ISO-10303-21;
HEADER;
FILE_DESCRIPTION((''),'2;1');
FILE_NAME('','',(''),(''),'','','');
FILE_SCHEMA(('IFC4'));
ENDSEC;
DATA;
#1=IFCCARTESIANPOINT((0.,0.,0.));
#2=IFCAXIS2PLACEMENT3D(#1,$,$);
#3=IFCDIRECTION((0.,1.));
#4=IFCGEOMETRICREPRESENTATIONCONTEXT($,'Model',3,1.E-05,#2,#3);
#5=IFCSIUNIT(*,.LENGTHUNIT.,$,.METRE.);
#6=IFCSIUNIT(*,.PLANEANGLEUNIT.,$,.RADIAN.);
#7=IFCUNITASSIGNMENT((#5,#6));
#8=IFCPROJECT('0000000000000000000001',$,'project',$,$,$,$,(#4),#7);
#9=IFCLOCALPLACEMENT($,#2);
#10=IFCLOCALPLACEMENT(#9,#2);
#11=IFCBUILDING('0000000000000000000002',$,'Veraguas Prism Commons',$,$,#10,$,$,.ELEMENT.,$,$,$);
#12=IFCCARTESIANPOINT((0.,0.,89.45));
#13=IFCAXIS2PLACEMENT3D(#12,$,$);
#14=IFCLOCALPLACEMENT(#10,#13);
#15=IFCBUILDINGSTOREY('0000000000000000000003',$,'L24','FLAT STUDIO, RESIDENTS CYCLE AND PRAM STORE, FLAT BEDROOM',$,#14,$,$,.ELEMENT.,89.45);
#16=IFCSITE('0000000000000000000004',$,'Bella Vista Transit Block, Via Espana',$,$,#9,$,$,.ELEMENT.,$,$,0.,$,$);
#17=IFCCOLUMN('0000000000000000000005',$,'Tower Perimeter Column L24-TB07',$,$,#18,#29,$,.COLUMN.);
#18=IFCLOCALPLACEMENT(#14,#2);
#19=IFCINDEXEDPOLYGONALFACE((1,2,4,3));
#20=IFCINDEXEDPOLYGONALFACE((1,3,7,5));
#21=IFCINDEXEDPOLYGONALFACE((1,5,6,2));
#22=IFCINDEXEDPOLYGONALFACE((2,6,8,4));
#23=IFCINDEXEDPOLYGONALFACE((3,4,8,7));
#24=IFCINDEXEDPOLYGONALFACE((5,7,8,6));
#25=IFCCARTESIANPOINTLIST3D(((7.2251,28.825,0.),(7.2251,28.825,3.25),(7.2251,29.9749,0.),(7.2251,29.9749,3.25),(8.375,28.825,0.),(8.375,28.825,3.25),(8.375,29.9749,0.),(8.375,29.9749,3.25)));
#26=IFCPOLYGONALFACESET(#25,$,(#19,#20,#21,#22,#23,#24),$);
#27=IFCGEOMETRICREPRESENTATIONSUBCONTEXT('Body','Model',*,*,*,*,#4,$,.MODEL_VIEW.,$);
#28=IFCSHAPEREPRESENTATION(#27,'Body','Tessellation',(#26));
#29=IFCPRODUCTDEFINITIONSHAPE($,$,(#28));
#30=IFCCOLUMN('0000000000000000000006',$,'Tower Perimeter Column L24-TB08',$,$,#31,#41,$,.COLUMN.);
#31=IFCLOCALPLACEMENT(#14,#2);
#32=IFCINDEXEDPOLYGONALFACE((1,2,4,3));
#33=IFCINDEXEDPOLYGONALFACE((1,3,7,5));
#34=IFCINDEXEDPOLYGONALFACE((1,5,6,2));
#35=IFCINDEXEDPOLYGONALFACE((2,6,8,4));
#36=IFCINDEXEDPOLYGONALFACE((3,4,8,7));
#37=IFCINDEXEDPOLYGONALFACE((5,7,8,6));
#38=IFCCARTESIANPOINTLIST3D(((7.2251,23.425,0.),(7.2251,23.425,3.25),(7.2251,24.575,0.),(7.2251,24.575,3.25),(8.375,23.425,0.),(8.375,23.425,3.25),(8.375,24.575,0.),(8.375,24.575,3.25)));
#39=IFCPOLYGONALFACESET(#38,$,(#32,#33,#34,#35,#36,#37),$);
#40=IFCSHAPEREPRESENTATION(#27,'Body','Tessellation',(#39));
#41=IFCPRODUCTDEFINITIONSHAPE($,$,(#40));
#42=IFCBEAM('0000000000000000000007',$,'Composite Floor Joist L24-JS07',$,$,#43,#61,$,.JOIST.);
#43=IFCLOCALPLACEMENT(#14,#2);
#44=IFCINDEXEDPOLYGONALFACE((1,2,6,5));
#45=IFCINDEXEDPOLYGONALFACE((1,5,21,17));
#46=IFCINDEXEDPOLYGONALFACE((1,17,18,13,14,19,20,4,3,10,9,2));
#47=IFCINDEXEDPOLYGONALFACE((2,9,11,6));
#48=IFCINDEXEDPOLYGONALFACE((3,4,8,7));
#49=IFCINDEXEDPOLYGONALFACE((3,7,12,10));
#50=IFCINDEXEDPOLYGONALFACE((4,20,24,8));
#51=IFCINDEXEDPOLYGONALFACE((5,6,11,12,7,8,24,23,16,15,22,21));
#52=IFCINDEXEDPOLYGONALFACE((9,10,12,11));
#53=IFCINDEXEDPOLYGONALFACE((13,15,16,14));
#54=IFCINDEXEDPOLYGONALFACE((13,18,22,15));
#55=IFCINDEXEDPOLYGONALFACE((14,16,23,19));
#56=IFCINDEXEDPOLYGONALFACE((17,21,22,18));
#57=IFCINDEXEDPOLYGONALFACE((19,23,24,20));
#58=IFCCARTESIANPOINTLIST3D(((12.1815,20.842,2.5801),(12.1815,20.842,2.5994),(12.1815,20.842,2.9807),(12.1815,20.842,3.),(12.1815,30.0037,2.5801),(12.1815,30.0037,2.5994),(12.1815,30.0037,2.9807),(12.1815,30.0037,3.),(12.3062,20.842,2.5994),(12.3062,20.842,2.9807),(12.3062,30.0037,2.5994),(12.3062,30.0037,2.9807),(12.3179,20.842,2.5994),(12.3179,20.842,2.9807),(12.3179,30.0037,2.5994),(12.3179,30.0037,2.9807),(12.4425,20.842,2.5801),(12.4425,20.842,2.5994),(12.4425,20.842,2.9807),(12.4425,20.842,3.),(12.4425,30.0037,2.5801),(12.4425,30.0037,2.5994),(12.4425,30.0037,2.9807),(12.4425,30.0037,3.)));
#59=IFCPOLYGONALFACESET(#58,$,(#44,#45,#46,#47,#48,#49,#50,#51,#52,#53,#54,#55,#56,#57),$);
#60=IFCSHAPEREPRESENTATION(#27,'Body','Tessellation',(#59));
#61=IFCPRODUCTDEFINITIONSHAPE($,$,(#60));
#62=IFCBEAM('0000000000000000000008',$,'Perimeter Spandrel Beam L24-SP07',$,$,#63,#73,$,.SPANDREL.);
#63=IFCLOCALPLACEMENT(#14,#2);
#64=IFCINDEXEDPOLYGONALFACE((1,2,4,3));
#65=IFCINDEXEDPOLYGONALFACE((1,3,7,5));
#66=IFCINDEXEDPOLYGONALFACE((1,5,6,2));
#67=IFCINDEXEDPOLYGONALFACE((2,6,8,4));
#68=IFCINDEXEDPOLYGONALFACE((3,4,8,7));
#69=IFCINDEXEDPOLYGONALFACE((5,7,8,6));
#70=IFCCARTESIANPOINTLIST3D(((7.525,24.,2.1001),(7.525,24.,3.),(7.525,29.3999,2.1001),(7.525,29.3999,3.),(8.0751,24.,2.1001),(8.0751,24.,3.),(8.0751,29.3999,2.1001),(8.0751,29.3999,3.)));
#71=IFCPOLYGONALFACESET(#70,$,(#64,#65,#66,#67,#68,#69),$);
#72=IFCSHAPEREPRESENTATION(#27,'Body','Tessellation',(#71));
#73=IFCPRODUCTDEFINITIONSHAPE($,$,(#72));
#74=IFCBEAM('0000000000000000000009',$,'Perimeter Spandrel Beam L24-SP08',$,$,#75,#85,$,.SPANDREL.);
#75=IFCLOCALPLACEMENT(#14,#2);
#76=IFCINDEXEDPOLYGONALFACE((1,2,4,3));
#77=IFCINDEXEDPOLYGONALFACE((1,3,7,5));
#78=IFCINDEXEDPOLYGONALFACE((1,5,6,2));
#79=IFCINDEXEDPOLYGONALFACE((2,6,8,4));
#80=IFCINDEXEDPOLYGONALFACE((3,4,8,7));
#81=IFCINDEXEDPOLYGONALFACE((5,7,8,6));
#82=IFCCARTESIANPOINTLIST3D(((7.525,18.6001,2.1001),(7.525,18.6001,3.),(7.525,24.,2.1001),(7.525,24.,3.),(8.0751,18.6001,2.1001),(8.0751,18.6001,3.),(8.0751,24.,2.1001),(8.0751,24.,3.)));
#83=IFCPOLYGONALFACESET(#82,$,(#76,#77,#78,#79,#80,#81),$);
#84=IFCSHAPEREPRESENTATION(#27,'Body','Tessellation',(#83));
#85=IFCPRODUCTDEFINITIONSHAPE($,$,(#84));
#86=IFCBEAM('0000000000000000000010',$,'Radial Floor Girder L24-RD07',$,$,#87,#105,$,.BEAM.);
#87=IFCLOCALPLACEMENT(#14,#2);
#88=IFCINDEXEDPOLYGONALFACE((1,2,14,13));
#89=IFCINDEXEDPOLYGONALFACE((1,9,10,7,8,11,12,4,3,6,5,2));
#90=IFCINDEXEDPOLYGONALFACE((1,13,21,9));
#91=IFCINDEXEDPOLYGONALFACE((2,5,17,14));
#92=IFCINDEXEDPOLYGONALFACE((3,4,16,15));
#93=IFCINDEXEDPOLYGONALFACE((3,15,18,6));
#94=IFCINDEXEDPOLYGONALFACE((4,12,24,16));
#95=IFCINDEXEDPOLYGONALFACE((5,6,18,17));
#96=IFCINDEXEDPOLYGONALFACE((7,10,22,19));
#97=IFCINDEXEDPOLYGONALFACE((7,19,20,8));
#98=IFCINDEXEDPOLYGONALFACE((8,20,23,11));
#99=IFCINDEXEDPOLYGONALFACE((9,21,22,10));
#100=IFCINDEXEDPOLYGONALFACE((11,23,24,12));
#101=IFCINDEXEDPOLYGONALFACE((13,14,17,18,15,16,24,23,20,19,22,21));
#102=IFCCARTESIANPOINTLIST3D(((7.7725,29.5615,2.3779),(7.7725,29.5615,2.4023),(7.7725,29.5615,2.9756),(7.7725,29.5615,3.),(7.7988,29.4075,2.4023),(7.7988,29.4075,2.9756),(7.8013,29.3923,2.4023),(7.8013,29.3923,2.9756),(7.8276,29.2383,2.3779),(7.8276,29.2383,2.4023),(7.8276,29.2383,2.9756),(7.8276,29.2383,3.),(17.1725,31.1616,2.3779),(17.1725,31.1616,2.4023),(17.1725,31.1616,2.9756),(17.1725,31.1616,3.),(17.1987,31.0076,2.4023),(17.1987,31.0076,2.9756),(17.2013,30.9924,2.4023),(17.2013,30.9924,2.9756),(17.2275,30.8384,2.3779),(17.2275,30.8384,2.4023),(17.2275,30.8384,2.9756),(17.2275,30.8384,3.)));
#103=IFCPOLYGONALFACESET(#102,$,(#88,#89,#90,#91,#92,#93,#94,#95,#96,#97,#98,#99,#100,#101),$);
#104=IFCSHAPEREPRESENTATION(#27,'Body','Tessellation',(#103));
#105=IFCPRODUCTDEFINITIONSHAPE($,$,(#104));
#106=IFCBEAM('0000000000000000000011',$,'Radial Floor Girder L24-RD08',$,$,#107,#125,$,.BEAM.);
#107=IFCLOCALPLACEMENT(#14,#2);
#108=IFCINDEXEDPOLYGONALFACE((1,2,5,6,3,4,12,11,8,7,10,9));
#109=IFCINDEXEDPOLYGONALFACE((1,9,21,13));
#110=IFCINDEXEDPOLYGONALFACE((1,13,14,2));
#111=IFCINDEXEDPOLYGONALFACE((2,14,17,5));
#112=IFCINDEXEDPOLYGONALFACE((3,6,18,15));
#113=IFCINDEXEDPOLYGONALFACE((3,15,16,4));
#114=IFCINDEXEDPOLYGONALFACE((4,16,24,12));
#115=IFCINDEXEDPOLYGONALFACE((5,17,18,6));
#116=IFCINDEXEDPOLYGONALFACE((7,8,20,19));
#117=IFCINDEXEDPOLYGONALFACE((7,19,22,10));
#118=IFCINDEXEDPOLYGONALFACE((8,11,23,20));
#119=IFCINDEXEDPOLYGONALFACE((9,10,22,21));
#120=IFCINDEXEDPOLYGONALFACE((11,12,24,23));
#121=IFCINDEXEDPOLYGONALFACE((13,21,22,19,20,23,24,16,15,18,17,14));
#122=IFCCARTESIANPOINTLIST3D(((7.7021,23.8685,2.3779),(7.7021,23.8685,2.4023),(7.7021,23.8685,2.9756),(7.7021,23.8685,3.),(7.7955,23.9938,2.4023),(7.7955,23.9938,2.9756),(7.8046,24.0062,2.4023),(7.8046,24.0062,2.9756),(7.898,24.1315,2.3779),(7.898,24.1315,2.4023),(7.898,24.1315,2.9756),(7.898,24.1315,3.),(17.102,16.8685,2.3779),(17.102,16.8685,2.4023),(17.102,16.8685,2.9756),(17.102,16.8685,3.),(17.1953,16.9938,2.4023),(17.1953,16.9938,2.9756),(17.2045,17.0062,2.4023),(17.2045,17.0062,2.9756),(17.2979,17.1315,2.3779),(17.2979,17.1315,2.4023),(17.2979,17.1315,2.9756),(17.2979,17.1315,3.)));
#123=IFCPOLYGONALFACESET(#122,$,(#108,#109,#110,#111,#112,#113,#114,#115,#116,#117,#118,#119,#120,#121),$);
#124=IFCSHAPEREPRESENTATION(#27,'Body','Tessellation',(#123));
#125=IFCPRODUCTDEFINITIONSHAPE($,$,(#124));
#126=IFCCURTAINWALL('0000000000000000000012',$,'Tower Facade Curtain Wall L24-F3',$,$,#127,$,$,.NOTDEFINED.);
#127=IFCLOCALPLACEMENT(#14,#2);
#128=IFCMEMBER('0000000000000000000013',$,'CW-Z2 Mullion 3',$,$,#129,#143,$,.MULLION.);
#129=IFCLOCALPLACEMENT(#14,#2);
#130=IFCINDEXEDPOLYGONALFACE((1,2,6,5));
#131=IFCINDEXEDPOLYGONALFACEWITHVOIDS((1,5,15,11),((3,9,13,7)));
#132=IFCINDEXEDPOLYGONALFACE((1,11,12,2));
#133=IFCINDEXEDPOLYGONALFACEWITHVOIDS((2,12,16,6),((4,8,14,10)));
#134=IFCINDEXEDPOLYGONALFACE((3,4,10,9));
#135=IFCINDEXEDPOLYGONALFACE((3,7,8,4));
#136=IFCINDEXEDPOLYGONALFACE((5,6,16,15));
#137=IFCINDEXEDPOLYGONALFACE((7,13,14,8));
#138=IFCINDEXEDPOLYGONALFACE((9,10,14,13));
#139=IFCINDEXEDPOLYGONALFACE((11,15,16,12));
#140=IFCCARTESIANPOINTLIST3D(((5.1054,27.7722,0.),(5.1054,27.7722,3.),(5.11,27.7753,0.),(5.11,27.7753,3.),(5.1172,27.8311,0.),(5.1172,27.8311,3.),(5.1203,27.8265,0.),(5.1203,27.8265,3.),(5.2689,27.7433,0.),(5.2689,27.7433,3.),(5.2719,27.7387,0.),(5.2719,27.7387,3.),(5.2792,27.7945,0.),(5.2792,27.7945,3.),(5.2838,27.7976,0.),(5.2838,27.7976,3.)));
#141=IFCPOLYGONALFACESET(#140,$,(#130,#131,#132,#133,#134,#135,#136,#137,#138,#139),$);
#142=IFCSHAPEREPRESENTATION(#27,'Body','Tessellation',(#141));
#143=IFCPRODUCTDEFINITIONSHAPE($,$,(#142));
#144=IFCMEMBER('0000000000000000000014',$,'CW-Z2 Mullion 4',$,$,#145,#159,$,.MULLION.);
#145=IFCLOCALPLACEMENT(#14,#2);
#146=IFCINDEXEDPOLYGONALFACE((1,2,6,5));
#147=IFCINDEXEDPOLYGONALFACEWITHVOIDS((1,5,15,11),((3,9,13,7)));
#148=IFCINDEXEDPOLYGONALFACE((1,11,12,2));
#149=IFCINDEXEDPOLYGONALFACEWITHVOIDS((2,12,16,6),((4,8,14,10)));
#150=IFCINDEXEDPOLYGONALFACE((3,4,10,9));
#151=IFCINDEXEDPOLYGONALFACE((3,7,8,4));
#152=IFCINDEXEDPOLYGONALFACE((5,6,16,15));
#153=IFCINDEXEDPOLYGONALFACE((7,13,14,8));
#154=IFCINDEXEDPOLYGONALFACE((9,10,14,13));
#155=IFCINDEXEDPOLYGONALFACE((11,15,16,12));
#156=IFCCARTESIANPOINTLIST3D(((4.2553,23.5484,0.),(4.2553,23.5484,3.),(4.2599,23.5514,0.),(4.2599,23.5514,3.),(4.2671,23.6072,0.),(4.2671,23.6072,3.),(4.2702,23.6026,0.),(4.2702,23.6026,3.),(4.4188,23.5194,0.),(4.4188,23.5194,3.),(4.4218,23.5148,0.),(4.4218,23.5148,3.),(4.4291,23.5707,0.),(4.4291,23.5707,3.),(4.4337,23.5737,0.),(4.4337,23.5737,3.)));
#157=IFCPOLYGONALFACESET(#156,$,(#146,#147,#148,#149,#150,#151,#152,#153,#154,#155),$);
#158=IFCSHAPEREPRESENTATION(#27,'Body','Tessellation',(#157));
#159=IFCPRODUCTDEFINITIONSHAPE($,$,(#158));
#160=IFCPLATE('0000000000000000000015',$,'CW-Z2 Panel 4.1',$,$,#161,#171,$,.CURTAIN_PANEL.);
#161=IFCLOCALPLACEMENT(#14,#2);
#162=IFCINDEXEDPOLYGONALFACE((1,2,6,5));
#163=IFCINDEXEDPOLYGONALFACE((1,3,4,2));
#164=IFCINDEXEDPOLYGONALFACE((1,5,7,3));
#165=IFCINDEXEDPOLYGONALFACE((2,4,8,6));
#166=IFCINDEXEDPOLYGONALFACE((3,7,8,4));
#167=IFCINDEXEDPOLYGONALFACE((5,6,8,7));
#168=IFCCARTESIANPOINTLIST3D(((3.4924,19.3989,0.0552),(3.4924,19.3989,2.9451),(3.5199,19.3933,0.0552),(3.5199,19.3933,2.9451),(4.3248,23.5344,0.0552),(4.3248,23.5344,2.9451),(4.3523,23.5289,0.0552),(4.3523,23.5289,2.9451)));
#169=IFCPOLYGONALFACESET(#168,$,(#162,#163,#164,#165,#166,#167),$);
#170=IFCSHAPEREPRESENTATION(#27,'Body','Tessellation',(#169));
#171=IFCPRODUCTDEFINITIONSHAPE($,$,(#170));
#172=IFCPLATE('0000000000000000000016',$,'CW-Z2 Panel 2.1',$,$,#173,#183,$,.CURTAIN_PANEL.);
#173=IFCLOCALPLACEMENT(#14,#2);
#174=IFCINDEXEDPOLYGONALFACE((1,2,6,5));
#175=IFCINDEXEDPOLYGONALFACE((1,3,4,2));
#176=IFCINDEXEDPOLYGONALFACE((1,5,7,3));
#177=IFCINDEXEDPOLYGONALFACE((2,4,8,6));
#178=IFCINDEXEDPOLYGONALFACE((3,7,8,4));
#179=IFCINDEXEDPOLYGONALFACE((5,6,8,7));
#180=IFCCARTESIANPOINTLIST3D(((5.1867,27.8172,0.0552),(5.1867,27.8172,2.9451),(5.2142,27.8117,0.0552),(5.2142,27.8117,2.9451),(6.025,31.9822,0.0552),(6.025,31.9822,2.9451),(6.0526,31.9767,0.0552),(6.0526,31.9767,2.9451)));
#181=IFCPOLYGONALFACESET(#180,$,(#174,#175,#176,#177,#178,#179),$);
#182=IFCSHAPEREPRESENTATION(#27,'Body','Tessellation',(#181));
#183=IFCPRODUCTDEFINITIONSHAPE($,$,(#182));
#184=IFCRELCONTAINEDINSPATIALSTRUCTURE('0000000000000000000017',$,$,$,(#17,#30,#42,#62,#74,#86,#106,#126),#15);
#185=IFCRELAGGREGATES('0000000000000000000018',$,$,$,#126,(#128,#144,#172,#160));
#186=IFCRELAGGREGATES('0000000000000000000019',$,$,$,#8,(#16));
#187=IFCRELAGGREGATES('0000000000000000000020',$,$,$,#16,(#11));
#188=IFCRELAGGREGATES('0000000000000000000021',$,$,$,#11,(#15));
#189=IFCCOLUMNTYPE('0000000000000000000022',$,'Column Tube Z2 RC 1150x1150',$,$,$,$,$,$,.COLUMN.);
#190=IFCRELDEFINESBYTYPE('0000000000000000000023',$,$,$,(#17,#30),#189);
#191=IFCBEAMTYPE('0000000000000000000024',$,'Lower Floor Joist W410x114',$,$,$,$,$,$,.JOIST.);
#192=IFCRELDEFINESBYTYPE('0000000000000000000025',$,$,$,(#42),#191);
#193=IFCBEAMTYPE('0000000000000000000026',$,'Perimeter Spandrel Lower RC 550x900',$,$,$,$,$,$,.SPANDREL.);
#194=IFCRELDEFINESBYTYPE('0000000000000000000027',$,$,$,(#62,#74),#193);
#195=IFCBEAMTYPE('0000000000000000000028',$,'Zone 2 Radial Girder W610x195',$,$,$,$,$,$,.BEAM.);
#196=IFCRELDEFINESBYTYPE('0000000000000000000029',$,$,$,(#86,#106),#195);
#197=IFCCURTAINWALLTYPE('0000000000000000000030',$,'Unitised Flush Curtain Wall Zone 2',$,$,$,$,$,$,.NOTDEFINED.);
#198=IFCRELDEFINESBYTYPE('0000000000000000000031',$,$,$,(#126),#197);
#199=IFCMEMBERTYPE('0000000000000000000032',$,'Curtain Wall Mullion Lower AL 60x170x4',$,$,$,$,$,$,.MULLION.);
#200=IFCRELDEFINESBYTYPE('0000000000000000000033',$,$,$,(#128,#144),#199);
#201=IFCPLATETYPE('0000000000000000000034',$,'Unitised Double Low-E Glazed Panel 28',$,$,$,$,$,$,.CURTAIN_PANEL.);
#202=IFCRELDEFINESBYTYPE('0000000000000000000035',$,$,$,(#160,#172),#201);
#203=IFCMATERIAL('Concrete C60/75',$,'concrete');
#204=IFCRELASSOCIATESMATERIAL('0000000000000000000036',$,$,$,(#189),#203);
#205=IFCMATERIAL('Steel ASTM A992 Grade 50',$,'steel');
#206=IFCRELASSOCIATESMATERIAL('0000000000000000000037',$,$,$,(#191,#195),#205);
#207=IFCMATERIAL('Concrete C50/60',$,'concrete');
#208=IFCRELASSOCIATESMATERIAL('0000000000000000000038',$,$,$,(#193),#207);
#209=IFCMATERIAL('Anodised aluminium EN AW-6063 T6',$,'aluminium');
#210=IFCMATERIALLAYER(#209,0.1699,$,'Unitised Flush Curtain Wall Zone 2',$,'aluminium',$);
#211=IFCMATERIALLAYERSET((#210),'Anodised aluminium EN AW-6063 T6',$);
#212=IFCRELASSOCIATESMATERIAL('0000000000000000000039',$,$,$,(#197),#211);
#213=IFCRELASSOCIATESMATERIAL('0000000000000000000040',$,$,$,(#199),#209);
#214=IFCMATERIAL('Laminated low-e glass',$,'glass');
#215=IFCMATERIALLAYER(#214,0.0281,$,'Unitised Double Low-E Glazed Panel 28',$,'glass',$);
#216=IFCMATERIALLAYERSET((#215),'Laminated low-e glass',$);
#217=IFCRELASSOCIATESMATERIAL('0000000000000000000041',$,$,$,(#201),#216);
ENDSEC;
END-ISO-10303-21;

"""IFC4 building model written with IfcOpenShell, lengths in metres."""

from ifc_helpers import new_model, si_unit, direction, frame, origin, origin_2d, place, context, subcontext, project, spatial, rectangle, hollow_rectangle, i_section, extrude, source, transform, mapped, material, layer, layer_set, material_profile, profile_set, type_object, element, aggregate, save


model = new_model("IFC4")

# Units and contexts
model_context = context("Model", 3, precision=1e-05, world=origin(), true_north=direction((0.0, 1.0)))
body_context = subcontext(model_context, "Body", "Model", "MODEL_VIEW")
ifc_project = project(units=[si_unit("LENGTHUNIT", "METRE"), si_unit("PLANEANGLEUNIT", "RADIAN")], contexts=[model_context])

# Site, building, storey
site_placement = place(None, origin())
site = spatial("IfcSite", under=ifc_project, at=site_placement, Name="Bella Vista Transit Block, Via Espana", CompositionType="ELEMENT", RefElevation=0.0)
building_placement = place(site_placement, origin())
building = spatial("IfcBuilding", under=site, at=building_placement, Name="Veraguas Prism Commons", CompositionType="ELEMENT")
storey_placement = place(building_placement, frame((0.0, 0.0, 89.45)))
storey = spatial("IfcBuildingStorey", under=building, at=storey_placement, Name="L24", Description="FLAT STUDIO, RESIDENTS CYCLE AND PRAM STORE, FLAT BEDROOM", CompositionType="ELEMENT", Elevation=89.45)

# Columns
ifc_material_1 = material(Name="Concrete C60/75", Category="concrete")
ifc_material_profile_1 = material_profile(ifc_material_1, rectangle(XDim=1.1499, YDim=1.1499, at=origin_2d()), Name="RC1150X1150")
ifc_profile_set_1 = profile_set([ifc_material_profile_1], Name="Concrete C60/75")
column_type = type_object("IfcColumnType", Name="Column Tube Z2 RC 1150x1150", PredefinedType="COLUMN", material=ifc_profile_set_1)
for number, where, z_axis, x_axis, name in (
    (1, (7.8, 29.3999, 0.0), (0.0, 0.0, 1.0), (1.0, 0.0, 0.0), "Tower Perimeter Column L24-TB07"),
    (2, (7.8, 24.0, 0.0), (0.0, 0.0, 1.0), (1.0, 0.0, 0.0), "Tower Perimeter Column L24-TB08"),
):
    element("IfcColumn", number, at=place(storey_placement, frame(where, z_axis=z_axis, x_axis=x_axis)), inside=storey, type_object=column_type, Name=name, PredefinedType="COLUMN", context=body_context, shape_type="SweptSolid", body=[
        extrude(rectangle(XDim=1.1499, YDim=1.1499, at=origin_2d()), origin(), (0.0, 0.0, 1.0), 3.25),
    ])

# Beams
ifc_material_2 = material(Name="Steel ASTM A992 Grade 50", Category="steel")
ifc_material_profile_2 = material_profile(ifc_material_2, i_section(OverallWidth=0.261, OverallDepth=0.4199, WebThickness=0.0117, FlangeThickness=0.0193, at=origin_2d()), Name="W410X114")
ifc_profile_set_2 = profile_set([ifc_material_profile_2], Name="Steel ASTM A992 Grade 50")
beam_type_1 = type_object("IfcBeamType", Name="Lower Floor Joist W410x114", PredefinedType="JOIST", material=ifc_profile_set_2)
beam_1_placement = place(storey_placement, frame((12.312, 30.0037, 2.79), z_axis=(0.0, -1.0, 0.0), x_axis=(1.0, 0.0, 0.0)))
element("IfcBeam", 3, at=beam_1_placement, inside=storey, type_object=beam_type_1, Name="Composite Floor Joist L24-JS07", PredefinedType="JOIST", context=body_context, shape_type="SweptSolid", body=[
    extrude(i_section(OverallWidth=0.261, OverallDepth=0.4199, WebThickness=0.0117, FlangeThickness=0.0193, at=origin_2d()), origin(), (0.0, 0.0, 1.0), 9.1616),
])
ifc_material_3 = material(Name="Concrete C50/60", Category="concrete")
ifc_material_profile_3 = material_profile(ifc_material_3, rectangle(XDim=0.55, YDim=0.8999, at=origin_2d()), Name="RC550X900")
ifc_profile_set_3 = profile_set([ifc_material_profile_3], Name="Concrete C50/60")
beam_type_2 = type_object("IfcBeamType", Name="Perimeter Spandrel Lower RC 550x900", PredefinedType="SPANDREL", material=ifc_profile_set_3)
for number, where, z_axis, x_axis, name in (
    (4, (7.8, 29.3999, 2.55), (0.0, -1.0, 0.0), (1.0, 0.0, 0.0), "Perimeter Spandrel Beam L24-SP07"),
    (5, (7.8, 24.0, 2.55), (0.0, -1.0, 0.0), (1.0, 0.0, 0.0), "Perimeter Spandrel Beam L24-SP08"),
):
    element("IfcBeam", number, at=place(storey_placement, frame(where, z_axis=z_axis, x_axis=x_axis)), inside=storey, type_object=beam_type_2, Name=name, PredefinedType="SPANDREL", context=body_context, shape_type="SweptSolid", body=[
        extrude(rectangle(XDim=0.55, YDim=0.8999, at=origin_2d()), origin(), (0.0, 0.0, 1.0), 5.3999),
    ])
ifc_material_profile_4 = material_profile(ifc_material_2, i_section(OverallWidth=0.3279, OverallDepth=0.6221, WebThickness=0.0154, FlangeThickness=0.0244, at=origin_2d()), Name="W610X195")
ifc_profile_set_4 = profile_set([ifc_material_profile_4], Name="Steel ASTM A992 Grade 50")
beam_type_3 = type_object("IfcBeamType", Name="Zone 2 Radial Girder W610x195", PredefinedType="BEAM", material=ifc_profile_set_4)
beam_2_placement = place(storey_placement, frame((7.8, 29.3999, 2.689), z_axis=(0.985819, 0.167811, 0.0), x_axis=(-0.167811, 0.985819, 0.0)))
element("IfcBeam", 6, at=beam_2_placement, inside=storey, type_object=beam_type_3, Name="Radial Floor Girder L24-RD07", PredefinedType="BEAM", context=body_context, shape_type="SweptSolid", body=[
    extrude(i_section(OverallWidth=0.3279, OverallDepth=0.6221, WebThickness=0.0154, FlangeThickness=0.0244, at=origin_2d()), origin(), (0.0, 0.0, 1.0), 9.5352),
])
beam_3_placement = place(storey_placement, frame((7.8, 24.0, 2.689), z_axis=(0.80204, -0.59727, 0.0), x_axis=(0.59727, 0.80204, 0.0)))
element("IfcBeam", 7, at=beam_3_placement, inside=storey, type_object=beam_type_3, Name="Radial Floor Girder L24-RD08", PredefinedType="BEAM", context=body_context, shape_type="SweptSolid", body=[
    extrude(i_section(OverallWidth=0.3279, OverallDepth=0.6221, WebThickness=0.0154, FlangeThickness=0.0244, at=origin_2d()), origin(), (0.0, 0.0, 1.0), 11.72),
])

# Curtain wall, members, plates
ifc_material_4 = material(Name="Anodised aluminium EN AW-6063 T6", Category="aluminium")
ifc_layer_1 = layer(ifc_material_4, 0.1699, Name="Unitised Flush Curtain Wall Zone 2", Category="aluminium")
ifc_layer_set_1 = layer_set([ifc_layer_1], Name="Anodised aluminium EN AW-6063 T6")
curtain_wall_type = type_object("IfcCurtainWallType", Name="Unitised Flush Curtain Wall Zone 2", PredefinedType="NOTDEFINED", material=ifc_layer_set_1)
curtain_wall_placement = place(storey_placement, origin())
curtain_wall = element("IfcCurtainWall", 8, at=curtain_wall_placement, inside=storey, type_object=curtain_wall_type, Name="Tower Facade Curtain Wall L24-F3", PredefinedType="NOTDEFINED")
ifc_material_profile_5 = material_profile(ifc_material_4, hollow_rectangle(XDim=0.0601, YDim=0.1699, WallThickness=0.0039, at=origin_2d()), Name="AL60X170X4")
ifc_profile_set_5 = profile_set([ifc_material_profile_5], Name="Anodised aluminium EN AW-6063 T6")
member_type = type_object("IfcMemberType", Name="Curtain Wall Mullion Lower AL 60x170x4", PredefinedType="MULLION", material=ifc_profile_set_5)
shared_shape_1 = source(origin(), body_context, "Body", "SweptSolid", [
    extrude(hollow_rectangle(XDim=0.0601, YDim=0.1699, WallThickness=0.0039, at=origin_2d()), origin(), (0.0, 0.0, 1.0), 3.0),
])
member_1_placement = place(storey_placement, frame((5.1946, 27.7849, 0.0), z_axis=(0.0, 0.0, 1.0), x_axis=(-0.19732, -0.980339, 0.0)))
member_1 = element("IfcMember", 9, at=member_1_placement, type_object=member_type, Name="CW-Z2 Mullion 3", PredefinedType="MULLION", context=body_context, shape_type="MappedRepresentation", body=[
    mapped(shared_shape_1, transform((0.0, 0.0, 0.0), scale=1.0)),
])
member_2_placement = place(storey_placement, frame((4.3445, 23.561, 0.0), z_axis=(0.0, 0.0, 1.0), x_axis=(-0.19732, -0.980339, 0.0)))
member_2 = element("IfcMember", 10, at=member_2_placement, type_object=member_type, Name="CW-Z2 Mullion 4", PredefinedType="MULLION", context=body_context, shape_type="MappedRepresentation", body=[
    mapped(shared_shape_1, transform((0.0, 0.0, 0.0), scale=1.0)),
])
ifc_material_5 = material(Name="Laminated low-e glass", Category="glass")
ifc_layer_2 = layer(ifc_material_5, 0.0281, Name="Unitised Double Low-E Glazed Panel 28", Category="glass")
ifc_layer_set_2 = layer_set([ifc_layer_2], Name="Laminated low-e glass")
plate_type = type_object("IfcPlateType", Name="Unitised Double Low-E Glazed Panel 28", PredefinedType="CURTAIN_PANEL", material=ifc_layer_set_2)
shared_shape_2 = source(origin(), body_context, "Body", "SweptSolid", [
    extrude(rectangle(XDim=4.2185, YDim=0.0281, at=origin_2d()), origin(), (0.0, 0.0, 1.0), 2.8899),
])
plate_1_placement = place(storey_placement, frame((3.9224, 21.4639, 0.0552), z_axis=(0.0, 0.0, 1.0), x_axis=(-0.19732, -0.980339, 0.0)))
plate_1 = element("IfcPlate", 11, at=plate_1_placement, type_object=plate_type, Name="CW-Z2 Panel 4.1", PredefinedType="CURTAIN_PANEL", context=body_context, shape_type="MappedRepresentation", body=[
    mapped(shared_shape_2, transform((0.0, 0.0, 0.0), scale=1.0)),
])
shared_shape_3 = source(origin(), body_context, "Body", "SweptSolid", [
    extrude(rectangle(XDim=4.2485, YDim=0.0281, at=origin_2d()), origin(), (0.0, 0.0, 1.0), 2.8899),
])
plate_2_placement = place(storey_placement, frame((5.6196, 29.897, 0.0552), z_axis=(0.0, 0.0, 1.0), x_axis=(-0.19732, -0.980339, 0.0)))
plate_2 = element("IfcPlate", 12, at=plate_2_placement, type_object=plate_type, Name="CW-Z2 Panel 2.1", PredefinedType="CURTAIN_PANEL", context=body_context, shape_type="MappedRepresentation", body=[
    mapped(shared_shape_3, transform((0.0, 0.0, 0.0), scale=1.0)),
])
aggregate(curtain_wall, [member_1, member_2, plate_2, plate_1])

save(model, "model.ifc")
